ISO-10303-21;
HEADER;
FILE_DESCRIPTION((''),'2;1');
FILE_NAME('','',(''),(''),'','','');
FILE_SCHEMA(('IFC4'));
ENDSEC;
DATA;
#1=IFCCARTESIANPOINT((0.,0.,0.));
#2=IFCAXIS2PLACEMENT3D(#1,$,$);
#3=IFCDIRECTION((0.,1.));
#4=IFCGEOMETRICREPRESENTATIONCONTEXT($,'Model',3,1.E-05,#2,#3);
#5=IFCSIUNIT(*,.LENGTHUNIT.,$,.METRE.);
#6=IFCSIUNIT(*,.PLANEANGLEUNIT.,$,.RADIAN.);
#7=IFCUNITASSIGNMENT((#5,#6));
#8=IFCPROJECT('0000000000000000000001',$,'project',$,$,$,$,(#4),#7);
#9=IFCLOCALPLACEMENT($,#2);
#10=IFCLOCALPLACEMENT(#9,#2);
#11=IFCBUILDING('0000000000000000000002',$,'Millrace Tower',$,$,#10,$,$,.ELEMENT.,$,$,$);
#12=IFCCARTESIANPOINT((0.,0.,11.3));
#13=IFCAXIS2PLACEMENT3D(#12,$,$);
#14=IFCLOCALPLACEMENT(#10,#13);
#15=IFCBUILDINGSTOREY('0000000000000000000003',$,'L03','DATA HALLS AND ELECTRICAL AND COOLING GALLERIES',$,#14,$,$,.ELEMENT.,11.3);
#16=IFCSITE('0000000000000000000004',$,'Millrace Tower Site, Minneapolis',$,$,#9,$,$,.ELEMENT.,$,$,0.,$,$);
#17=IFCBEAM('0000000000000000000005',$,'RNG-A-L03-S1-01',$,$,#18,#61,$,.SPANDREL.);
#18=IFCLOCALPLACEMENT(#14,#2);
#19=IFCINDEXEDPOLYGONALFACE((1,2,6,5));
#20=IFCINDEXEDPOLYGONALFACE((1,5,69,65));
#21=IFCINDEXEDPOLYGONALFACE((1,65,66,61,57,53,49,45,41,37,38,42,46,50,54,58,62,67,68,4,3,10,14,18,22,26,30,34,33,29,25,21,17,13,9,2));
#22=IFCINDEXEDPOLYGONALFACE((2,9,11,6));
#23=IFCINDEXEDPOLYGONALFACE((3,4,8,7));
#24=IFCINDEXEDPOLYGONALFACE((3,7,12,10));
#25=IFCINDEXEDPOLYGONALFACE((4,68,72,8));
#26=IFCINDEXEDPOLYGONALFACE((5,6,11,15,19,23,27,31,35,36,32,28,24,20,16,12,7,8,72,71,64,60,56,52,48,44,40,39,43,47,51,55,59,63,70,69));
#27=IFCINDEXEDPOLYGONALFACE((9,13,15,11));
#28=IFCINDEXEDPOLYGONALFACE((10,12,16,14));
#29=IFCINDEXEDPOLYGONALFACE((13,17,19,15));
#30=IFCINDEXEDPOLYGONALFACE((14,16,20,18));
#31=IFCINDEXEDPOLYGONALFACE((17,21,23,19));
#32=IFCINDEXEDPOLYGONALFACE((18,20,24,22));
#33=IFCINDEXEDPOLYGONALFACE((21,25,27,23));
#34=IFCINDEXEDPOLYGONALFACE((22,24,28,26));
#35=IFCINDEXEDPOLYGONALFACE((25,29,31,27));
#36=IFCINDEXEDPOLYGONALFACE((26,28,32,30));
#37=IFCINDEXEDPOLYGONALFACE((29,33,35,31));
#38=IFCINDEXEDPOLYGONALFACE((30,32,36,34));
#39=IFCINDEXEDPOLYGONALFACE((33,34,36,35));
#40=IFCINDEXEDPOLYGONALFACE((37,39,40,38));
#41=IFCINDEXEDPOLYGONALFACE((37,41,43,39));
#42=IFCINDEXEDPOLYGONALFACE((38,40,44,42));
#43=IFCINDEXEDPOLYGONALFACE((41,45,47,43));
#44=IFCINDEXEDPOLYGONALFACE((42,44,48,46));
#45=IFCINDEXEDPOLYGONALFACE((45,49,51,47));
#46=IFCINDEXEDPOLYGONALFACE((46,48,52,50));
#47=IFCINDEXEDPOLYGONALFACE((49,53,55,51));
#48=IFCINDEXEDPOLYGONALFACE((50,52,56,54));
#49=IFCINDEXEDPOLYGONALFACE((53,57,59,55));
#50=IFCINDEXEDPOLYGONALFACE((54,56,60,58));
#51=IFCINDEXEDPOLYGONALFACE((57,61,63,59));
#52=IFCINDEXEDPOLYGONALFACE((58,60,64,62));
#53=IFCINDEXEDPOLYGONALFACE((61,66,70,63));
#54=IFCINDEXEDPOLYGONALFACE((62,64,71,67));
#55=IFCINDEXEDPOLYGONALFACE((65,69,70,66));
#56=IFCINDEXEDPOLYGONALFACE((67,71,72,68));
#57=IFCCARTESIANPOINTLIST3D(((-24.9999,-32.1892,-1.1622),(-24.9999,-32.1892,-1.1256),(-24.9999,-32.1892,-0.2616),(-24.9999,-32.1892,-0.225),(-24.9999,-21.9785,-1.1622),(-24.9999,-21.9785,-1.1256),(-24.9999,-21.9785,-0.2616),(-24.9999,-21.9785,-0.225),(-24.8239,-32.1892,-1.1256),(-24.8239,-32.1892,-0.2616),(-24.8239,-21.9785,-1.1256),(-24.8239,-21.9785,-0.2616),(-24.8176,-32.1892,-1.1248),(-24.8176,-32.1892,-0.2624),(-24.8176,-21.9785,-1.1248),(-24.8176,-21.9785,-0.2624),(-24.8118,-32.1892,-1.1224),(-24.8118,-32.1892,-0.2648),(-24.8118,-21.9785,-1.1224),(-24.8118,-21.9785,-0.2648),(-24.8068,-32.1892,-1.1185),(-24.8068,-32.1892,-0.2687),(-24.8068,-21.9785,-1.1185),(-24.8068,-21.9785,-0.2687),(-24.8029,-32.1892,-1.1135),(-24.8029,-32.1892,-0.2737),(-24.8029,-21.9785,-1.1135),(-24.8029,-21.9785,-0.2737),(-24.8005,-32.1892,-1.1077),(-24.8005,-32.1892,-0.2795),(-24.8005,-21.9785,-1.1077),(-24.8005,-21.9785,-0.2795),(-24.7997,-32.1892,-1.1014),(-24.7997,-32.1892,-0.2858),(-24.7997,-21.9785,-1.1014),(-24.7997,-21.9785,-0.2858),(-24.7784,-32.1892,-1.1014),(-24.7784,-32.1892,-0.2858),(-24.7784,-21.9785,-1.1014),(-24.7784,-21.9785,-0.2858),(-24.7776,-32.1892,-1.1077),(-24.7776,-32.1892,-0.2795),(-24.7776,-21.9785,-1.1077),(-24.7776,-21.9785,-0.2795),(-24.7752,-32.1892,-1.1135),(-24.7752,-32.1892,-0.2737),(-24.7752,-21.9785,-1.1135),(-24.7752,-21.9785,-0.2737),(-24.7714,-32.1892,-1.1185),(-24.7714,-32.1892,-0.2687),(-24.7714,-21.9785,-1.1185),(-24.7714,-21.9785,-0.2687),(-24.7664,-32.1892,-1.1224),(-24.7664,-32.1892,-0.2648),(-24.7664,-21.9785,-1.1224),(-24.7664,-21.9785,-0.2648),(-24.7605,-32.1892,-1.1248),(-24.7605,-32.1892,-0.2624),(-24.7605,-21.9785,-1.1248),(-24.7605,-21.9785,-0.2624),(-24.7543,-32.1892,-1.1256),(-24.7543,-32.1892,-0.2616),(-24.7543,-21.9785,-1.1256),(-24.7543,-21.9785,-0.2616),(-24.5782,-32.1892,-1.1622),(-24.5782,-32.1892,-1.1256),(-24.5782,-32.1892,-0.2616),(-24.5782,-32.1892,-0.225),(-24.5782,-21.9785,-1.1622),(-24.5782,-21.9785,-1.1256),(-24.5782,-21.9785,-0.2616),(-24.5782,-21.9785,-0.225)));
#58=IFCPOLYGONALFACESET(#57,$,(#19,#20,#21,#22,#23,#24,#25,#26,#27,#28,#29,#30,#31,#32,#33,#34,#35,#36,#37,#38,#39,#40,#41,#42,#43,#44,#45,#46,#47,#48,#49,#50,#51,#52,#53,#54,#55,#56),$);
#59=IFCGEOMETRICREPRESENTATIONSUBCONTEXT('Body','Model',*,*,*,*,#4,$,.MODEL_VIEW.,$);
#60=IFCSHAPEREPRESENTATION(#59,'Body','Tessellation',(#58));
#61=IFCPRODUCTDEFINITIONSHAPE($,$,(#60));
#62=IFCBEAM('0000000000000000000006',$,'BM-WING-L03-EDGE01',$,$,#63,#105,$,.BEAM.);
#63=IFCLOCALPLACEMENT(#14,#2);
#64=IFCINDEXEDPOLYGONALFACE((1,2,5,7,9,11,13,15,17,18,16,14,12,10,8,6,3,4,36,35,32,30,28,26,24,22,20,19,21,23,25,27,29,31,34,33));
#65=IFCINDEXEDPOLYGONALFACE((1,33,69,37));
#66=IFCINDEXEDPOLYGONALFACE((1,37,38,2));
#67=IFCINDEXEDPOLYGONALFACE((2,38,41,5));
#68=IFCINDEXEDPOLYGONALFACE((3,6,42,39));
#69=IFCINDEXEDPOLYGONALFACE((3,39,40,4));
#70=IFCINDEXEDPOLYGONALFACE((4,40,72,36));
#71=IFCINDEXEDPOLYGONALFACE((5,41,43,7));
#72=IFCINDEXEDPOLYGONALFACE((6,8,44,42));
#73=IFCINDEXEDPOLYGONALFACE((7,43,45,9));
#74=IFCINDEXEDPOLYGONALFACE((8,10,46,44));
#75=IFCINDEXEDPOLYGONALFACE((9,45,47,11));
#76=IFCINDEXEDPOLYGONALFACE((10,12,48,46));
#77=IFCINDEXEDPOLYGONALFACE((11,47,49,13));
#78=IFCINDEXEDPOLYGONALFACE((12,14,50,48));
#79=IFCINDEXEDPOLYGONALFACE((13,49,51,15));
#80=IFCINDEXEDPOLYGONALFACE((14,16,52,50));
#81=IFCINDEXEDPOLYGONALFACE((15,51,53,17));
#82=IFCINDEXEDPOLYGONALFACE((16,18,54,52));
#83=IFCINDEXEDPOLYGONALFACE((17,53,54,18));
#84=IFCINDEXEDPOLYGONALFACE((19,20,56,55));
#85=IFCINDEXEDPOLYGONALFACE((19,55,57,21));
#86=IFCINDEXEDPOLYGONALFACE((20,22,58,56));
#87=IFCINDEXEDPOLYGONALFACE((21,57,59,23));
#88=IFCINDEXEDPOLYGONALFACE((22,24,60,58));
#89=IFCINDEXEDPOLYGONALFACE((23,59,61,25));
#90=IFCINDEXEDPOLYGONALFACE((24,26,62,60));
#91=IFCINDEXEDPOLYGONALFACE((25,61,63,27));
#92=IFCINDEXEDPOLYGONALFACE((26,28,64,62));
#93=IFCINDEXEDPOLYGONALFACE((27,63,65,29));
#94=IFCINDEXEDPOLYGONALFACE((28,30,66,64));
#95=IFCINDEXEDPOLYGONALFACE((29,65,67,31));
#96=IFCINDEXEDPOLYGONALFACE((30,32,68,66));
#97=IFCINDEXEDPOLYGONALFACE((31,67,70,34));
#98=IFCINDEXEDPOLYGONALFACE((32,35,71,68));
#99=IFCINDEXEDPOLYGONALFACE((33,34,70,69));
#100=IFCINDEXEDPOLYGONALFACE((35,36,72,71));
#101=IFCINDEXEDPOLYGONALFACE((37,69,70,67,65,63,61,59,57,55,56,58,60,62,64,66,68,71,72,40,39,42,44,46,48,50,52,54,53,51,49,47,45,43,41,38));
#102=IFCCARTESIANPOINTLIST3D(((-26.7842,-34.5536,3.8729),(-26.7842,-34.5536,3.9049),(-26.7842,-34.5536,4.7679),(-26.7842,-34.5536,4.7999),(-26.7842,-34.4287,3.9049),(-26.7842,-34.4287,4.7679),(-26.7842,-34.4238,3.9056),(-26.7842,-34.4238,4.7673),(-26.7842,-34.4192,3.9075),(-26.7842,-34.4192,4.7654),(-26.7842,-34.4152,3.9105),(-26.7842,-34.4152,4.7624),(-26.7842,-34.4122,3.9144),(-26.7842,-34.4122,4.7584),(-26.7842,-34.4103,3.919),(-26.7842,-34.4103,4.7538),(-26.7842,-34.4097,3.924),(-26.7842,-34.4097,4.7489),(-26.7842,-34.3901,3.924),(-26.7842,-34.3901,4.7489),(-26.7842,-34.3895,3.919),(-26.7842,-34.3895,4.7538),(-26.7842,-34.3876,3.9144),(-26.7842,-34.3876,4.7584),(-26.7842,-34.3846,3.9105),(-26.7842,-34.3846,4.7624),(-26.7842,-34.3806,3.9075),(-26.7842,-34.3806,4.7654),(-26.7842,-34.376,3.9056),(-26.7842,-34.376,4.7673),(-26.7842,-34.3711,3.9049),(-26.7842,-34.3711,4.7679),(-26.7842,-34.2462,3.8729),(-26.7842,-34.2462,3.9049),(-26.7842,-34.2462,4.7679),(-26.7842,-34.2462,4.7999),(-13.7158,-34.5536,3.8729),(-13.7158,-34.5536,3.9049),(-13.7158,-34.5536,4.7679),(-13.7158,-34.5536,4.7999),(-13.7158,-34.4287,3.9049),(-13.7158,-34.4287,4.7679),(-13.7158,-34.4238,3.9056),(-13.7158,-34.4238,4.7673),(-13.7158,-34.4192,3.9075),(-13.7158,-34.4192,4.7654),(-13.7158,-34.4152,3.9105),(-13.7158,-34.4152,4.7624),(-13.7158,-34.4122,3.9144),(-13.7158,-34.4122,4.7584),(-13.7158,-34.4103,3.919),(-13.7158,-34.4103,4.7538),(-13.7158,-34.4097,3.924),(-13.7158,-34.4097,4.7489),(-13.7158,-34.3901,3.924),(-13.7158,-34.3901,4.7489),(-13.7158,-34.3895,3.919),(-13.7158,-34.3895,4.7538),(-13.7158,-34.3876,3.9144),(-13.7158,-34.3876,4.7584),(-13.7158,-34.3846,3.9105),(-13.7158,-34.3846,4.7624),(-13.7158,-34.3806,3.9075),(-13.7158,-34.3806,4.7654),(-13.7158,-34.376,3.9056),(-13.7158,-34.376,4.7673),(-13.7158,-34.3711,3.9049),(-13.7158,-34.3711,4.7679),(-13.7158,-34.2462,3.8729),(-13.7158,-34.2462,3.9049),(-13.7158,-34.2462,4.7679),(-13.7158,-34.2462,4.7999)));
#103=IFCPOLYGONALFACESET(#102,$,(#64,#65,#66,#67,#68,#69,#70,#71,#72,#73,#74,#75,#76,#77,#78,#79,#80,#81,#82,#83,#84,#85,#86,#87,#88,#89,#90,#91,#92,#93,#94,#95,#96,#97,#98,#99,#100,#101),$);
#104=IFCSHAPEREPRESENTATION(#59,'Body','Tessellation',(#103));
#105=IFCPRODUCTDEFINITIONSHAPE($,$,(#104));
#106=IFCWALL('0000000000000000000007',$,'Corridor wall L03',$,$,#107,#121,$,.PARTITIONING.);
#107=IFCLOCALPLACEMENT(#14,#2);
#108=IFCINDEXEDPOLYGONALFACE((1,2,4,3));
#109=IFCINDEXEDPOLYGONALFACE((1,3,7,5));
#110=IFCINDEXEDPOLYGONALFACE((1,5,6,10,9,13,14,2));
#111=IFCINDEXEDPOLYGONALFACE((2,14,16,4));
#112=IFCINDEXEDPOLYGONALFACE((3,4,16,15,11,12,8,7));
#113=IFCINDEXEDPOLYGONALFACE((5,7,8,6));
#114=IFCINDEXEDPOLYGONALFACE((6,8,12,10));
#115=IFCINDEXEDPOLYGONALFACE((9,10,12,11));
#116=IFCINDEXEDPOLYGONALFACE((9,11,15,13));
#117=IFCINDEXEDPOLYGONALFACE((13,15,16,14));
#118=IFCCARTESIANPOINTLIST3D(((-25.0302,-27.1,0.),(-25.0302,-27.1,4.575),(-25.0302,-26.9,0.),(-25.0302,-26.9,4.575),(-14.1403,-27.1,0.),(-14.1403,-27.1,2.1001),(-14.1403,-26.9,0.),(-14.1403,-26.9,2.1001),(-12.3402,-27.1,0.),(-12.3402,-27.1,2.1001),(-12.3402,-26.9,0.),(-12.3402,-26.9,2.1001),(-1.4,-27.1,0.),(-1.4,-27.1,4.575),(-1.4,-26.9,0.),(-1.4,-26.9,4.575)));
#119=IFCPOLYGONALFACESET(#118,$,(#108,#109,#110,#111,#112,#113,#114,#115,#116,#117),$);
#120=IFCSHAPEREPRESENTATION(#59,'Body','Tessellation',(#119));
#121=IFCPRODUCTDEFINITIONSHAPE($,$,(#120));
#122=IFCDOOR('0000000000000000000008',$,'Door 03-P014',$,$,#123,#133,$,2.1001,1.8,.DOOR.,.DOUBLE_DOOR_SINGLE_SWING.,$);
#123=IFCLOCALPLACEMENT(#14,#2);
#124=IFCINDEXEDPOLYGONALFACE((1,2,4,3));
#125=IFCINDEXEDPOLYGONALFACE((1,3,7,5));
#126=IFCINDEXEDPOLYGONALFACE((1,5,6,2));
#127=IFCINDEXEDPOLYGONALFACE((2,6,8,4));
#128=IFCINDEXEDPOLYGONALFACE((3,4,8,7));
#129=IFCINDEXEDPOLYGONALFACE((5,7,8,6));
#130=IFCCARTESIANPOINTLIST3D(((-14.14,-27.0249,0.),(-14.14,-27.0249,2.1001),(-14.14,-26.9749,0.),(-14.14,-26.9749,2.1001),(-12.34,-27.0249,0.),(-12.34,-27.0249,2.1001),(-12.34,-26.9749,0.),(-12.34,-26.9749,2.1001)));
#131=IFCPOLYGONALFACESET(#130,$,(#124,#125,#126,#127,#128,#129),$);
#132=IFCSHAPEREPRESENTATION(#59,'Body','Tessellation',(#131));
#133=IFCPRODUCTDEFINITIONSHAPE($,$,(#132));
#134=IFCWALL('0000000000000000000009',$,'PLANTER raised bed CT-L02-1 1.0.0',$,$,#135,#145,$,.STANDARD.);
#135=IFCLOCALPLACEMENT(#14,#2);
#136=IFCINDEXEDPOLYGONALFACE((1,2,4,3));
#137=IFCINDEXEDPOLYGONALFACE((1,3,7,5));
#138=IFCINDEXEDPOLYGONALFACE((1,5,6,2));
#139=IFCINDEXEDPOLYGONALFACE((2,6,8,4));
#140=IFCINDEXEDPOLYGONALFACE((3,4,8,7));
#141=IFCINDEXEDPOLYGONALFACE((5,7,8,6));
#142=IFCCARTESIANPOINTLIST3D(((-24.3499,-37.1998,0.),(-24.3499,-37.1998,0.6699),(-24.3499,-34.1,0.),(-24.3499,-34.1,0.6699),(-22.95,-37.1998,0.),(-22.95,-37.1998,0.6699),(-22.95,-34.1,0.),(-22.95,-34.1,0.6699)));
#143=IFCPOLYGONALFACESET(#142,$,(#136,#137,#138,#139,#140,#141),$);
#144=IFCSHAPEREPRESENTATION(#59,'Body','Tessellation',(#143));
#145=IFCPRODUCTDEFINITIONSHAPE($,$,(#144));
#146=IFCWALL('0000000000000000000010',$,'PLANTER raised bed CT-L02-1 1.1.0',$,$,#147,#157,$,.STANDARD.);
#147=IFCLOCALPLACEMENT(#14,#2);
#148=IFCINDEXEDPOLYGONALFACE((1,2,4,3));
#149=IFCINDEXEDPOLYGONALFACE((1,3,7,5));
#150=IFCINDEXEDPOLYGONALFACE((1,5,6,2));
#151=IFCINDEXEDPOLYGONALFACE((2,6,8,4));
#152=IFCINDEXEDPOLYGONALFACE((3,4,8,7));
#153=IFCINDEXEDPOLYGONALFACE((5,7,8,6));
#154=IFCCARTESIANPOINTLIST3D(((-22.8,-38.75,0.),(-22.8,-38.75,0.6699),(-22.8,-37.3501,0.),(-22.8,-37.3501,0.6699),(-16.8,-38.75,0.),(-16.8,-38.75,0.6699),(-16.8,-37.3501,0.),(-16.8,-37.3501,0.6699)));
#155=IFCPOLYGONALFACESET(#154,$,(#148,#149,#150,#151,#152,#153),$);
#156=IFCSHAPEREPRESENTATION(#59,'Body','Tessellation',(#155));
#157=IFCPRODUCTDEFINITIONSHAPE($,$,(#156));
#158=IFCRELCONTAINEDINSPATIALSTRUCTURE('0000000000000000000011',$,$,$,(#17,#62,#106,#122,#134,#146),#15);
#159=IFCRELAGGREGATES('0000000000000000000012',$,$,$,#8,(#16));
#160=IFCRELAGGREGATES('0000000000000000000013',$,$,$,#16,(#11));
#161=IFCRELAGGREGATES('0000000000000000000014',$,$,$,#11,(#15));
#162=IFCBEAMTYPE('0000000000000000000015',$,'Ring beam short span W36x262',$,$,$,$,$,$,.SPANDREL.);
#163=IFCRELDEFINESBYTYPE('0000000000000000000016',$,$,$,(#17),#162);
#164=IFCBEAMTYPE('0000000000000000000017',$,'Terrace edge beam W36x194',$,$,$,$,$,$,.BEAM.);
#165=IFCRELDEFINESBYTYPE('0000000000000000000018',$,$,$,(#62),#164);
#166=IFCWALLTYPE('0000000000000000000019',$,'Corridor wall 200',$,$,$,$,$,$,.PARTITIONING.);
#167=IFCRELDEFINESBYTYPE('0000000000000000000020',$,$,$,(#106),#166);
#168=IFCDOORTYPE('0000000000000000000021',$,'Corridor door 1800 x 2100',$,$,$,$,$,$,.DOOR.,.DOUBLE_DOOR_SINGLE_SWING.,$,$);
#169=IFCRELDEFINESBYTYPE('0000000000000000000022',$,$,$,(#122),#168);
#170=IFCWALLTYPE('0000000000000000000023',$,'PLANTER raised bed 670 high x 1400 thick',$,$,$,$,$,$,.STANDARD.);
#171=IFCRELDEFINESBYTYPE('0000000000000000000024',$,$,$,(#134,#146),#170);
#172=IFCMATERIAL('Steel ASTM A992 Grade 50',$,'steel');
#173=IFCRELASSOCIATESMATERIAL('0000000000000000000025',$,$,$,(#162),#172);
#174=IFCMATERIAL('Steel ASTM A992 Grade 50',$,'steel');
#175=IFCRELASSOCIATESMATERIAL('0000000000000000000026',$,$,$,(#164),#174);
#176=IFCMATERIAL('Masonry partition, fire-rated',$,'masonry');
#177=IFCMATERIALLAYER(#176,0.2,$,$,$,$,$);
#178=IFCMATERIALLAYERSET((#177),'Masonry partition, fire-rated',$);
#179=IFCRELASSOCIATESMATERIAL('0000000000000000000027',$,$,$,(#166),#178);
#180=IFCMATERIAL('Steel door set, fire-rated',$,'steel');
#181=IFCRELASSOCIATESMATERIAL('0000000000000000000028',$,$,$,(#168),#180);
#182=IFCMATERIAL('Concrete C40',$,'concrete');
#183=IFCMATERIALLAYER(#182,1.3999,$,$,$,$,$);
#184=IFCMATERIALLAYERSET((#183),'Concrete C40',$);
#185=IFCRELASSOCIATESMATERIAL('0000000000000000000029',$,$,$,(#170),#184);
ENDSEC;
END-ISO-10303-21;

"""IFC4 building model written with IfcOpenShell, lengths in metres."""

from ifc_helpers import new_model, si_unit, direction, frame, frame_2d, origin, origin_2d, place, context, subcontext, project, spatial, rectangle, i_section, extrude, material, layer, layer_set, material_profile, profile_set, type_object, element, fill, save


model = new_model("IFC4")

# Units and contexts
model_context = context("Model", 3, precision=1e-05, world=origin(), true_north=direction((0.0, 1.0)))
body_context = subcontext(model_context, "Body", "Model", "MODEL_VIEW")
ifc_project = project(units=[si_unit("LENGTHUNIT", "METRE"), si_unit("PLANEANGLEUNIT", "RADIAN")], contexts=[model_context])

# Site, building, storey
site_placement = place(None, origin())
site = spatial("IfcSite", under=ifc_project, at=site_placement, Name="Millrace Tower Site, Minneapolis", CompositionType="ELEMENT", RefElevation=0.0)
building_placement = place(site_placement, origin())
building = spatial("IfcBuilding", under=site, at=building_placement, Name="Millrace Tower", CompositionType="ELEMENT")
storey_placement = place(building_placement, frame((0.0, 0.0, 11.3)))
storey = spatial("IfcBuildingStorey", under=building, at=storey_placement, Name="L03", Description="DATA HALLS AND ELECTRICAL AND COOLING GALLERIES", CompositionType="ELEMENT", Elevation=11.3)

# Beams
ifc_material_1 = material(Name="Steel ASTM A992 Grade 50", Category="steel")
ifc_material_profile_1 = material_profile(ifc_material_1, i_section(OverallWidth=0.4216, OverallDepth=0.9373, WebThickness=0.0212, FlangeThickness=0.0366, FilletRadius=0.0242, at=origin_2d()))
ifc_profile_set_1 = profile_set([ifc_material_profile_1], Name="Steel ASTM A992 Grade 50")
beam_type_1 = type_object("IfcBeamType", Name="Ring beam short span W36x262", PredefinedType="SPANDREL", material=ifc_profile_set_1)
beam_1_placement = place(storey_placement, frame((-24.7891, -32.1892, -0.6936), z_axis=(0.0, 1.0, 0.0), x_axis=(-1.0, 0.0, 0.0)))
element("IfcBeam", 1, at=beam_1_placement, inside=storey, type_object=beam_type_1, Name="RNG-A-L03-S1-01", PredefinedType="SPANDREL", context=body_context, shape_type="SweptSolid", body=[
    extrude(i_section(OverallWidth=0.4216, OverallDepth=0.9373, WebThickness=0.0212, FlangeThickness=0.0366, FilletRadius=0.0242, at=origin_2d()), origin(), (0.0, 0.0, 1.0), 10.2107),
])
ifc_material_2 = material(Name="Steel ASTM A992 Grade 50", Category="steel")
ifc_material_profile_2 = material_profile(ifc_material_2, i_section(OverallWidth=0.3074, OverallDepth=0.927, WebThickness=0.0195, FlangeThickness=0.032, FilletRadius=0.019, at=origin_2d()))
ifc_profile_set_2 = profile_set([ifc_material_profile_2], Name="Steel ASTM A992 Grade 50")
beam_type_2 = type_object("IfcBeamType", Name="Terrace edge beam W36x194", PredefinedType="BEAM", material=ifc_profile_set_2)
beam_2_placement = place(storey_placement, frame((-26.7842, -34.3999, 4.3364), z_axis=(1.0, 0.0, 0.0), x_axis=(0.0, 1.0, 0.0)))
element("IfcBeam", 2, at=beam_2_placement, inside=storey, type_object=beam_type_2, Name="BM-WING-L03-EDGE01", PredefinedType="BEAM", context=body_context, shape_type="SweptSolid", body=[
    extrude(i_section(OverallWidth=0.3074, OverallDepth=0.927, WebThickness=0.0195, FlangeThickness=0.032, FilletRadius=0.019, at=origin_2d()), origin(), (0.0, 0.0, 1.0), 13.0684),
])

# Wall, opening, door
ifc_material_3 = material(Name="Masonry partition, fire-rated", Category="masonry")
ifc_layer_1 = layer(ifc_material_3, 0.2)
ifc_layer_set_1 = layer_set([ifc_layer_1], Name="Masonry partition, fire-rated")
wall_type_1 = type_object("IfcWallType", Name="Corridor wall 200", PredefinedType="PARTITIONING", material=ifc_layer_set_1)
wall_1_placement = place(storey_placement, frame((-25.03, -27.0, 0.0), z_axis=(0.0, 0.0, 1.0), x_axis=(1.0, 0.0, 0.0)))
wall_1 = element("IfcWall", 3, at=wall_1_placement, inside=storey, type_object=wall_type_1, Name="Corridor wall L03", PredefinedType="PARTITIONING", context=body_context, shape_type="SweptSolid", body=[
    extrude(rectangle(XDim=23.6301, YDim=0.2, at=frame_2d((11.8149, 0.0))), origin(), (0.0, 0.0, 1.0), 4.575),
])
opening_placement = place(wall_1_placement, frame((10.8899, 0.0, 0.0)))
opening = element("IfcOpeningElement", 4, at=opening_placement, cuts=wall_1, PredefinedType="OPENING", context=body_context, shape_type="SweptSolid", body=[
    extrude(rectangle(XDim=1.8, YDim=2.1001, at=frame_2d((0.8999, 1.05))), frame((0.0, 0.1099, 0.0), z_axis=(0.0, -1.0, 0.0), x_axis=(1.0, 0.0, 0.0)), (0.0, 0.0, 1.0), 0.22),
])
ifc_material_4 = material(Name="Steel door set, fire-rated", Category="steel")
door_type = type_object("IfcDoorType", Name="Corridor door 1800 x 2100", OperationType="DOUBLE_DOOR_SINGLE_SWING", PredefinedType="DOOR", material=ifc_material_4)
door_placement = place(opening_placement, frame((1.8, 0.0, 0.0), z_axis=(0.0, 0.0, 1.0), x_axis=(-1.0, 0.0, 0.0)))
door = element("IfcDoor", 5, at=door_placement, inside=storey, type_object=door_type, Name="Door 03-P014", OperationType="DOUBLE_DOOR_SINGLE_SWING", OverallHeight=2.1001, OverallWidth=1.8, PredefinedType="DOOR", context=body_context, shape_type="SweptSolid", body=[
    extrude(rectangle(XDim=1.8, YDim=2.1001, at=frame_2d((0.8999, 1.05))), frame((0.0, 0.0249, 0.0), z_axis=(0.0, -1.0, 0.0), x_axis=(1.0, 0.0, 0.0)), (0.0, 0.0, 1.0), 0.05),
])
fill(opening, door)

# Walls
ifc_material_5 = material(Name="Concrete C40", Category="concrete")
ifc_layer_2 = layer(ifc_material_5, 1.3999)
ifc_layer_set_2 = layer_set([ifc_layer_2], Name="Concrete C40")
wall_type_2 = type_object("IfcWallType", Name="PLANTER raised bed 670 high x 1400 thick", PredefinedType="STANDARD", material=ifc_layer_set_2)
wall_2_placement = place(storey_placement, frame((-23.6499, -34.1001, 0.0), z_axis=(0.0, 0.0, 1.0), x_axis=(0.0, -1.0, 0.0)))
element("IfcWall", 6, at=wall_2_placement, inside=storey, type_object=wall_type_2, Name="PLANTER raised bed CT-L02-1 1.0.0", PredefinedType="STANDARD", context=body_context, shape_type="SweptSolid", body=[
    extrude(rectangle(XDim=3.0999, YDim=1.3999, at=frame_2d((1.5498, 0.0))), origin(), (0.0, 0.0, 1.0), 0.6699),
])
wall_3_placement = place(storey_placement, frame((-22.8, -38.05, 0.0), z_axis=(0.0, 0.0, 1.0), x_axis=(1.0, 0.0, 0.0)))
element("IfcWall", 7, at=wall_3_placement, inside=storey, type_object=wall_type_2, Name="PLANTER raised bed CT-L02-1 1.1.0", PredefinedType="STANDARD", context=body_context, shape_type="SweptSolid", body=[
    extrude(rectangle(XDim=6.0, YDim=1.3999, at=frame_2d((3.0, 0.0))), origin(), (0.0, 0.0, 1.0), 0.6699),
])

save(model, "model.ifc")
